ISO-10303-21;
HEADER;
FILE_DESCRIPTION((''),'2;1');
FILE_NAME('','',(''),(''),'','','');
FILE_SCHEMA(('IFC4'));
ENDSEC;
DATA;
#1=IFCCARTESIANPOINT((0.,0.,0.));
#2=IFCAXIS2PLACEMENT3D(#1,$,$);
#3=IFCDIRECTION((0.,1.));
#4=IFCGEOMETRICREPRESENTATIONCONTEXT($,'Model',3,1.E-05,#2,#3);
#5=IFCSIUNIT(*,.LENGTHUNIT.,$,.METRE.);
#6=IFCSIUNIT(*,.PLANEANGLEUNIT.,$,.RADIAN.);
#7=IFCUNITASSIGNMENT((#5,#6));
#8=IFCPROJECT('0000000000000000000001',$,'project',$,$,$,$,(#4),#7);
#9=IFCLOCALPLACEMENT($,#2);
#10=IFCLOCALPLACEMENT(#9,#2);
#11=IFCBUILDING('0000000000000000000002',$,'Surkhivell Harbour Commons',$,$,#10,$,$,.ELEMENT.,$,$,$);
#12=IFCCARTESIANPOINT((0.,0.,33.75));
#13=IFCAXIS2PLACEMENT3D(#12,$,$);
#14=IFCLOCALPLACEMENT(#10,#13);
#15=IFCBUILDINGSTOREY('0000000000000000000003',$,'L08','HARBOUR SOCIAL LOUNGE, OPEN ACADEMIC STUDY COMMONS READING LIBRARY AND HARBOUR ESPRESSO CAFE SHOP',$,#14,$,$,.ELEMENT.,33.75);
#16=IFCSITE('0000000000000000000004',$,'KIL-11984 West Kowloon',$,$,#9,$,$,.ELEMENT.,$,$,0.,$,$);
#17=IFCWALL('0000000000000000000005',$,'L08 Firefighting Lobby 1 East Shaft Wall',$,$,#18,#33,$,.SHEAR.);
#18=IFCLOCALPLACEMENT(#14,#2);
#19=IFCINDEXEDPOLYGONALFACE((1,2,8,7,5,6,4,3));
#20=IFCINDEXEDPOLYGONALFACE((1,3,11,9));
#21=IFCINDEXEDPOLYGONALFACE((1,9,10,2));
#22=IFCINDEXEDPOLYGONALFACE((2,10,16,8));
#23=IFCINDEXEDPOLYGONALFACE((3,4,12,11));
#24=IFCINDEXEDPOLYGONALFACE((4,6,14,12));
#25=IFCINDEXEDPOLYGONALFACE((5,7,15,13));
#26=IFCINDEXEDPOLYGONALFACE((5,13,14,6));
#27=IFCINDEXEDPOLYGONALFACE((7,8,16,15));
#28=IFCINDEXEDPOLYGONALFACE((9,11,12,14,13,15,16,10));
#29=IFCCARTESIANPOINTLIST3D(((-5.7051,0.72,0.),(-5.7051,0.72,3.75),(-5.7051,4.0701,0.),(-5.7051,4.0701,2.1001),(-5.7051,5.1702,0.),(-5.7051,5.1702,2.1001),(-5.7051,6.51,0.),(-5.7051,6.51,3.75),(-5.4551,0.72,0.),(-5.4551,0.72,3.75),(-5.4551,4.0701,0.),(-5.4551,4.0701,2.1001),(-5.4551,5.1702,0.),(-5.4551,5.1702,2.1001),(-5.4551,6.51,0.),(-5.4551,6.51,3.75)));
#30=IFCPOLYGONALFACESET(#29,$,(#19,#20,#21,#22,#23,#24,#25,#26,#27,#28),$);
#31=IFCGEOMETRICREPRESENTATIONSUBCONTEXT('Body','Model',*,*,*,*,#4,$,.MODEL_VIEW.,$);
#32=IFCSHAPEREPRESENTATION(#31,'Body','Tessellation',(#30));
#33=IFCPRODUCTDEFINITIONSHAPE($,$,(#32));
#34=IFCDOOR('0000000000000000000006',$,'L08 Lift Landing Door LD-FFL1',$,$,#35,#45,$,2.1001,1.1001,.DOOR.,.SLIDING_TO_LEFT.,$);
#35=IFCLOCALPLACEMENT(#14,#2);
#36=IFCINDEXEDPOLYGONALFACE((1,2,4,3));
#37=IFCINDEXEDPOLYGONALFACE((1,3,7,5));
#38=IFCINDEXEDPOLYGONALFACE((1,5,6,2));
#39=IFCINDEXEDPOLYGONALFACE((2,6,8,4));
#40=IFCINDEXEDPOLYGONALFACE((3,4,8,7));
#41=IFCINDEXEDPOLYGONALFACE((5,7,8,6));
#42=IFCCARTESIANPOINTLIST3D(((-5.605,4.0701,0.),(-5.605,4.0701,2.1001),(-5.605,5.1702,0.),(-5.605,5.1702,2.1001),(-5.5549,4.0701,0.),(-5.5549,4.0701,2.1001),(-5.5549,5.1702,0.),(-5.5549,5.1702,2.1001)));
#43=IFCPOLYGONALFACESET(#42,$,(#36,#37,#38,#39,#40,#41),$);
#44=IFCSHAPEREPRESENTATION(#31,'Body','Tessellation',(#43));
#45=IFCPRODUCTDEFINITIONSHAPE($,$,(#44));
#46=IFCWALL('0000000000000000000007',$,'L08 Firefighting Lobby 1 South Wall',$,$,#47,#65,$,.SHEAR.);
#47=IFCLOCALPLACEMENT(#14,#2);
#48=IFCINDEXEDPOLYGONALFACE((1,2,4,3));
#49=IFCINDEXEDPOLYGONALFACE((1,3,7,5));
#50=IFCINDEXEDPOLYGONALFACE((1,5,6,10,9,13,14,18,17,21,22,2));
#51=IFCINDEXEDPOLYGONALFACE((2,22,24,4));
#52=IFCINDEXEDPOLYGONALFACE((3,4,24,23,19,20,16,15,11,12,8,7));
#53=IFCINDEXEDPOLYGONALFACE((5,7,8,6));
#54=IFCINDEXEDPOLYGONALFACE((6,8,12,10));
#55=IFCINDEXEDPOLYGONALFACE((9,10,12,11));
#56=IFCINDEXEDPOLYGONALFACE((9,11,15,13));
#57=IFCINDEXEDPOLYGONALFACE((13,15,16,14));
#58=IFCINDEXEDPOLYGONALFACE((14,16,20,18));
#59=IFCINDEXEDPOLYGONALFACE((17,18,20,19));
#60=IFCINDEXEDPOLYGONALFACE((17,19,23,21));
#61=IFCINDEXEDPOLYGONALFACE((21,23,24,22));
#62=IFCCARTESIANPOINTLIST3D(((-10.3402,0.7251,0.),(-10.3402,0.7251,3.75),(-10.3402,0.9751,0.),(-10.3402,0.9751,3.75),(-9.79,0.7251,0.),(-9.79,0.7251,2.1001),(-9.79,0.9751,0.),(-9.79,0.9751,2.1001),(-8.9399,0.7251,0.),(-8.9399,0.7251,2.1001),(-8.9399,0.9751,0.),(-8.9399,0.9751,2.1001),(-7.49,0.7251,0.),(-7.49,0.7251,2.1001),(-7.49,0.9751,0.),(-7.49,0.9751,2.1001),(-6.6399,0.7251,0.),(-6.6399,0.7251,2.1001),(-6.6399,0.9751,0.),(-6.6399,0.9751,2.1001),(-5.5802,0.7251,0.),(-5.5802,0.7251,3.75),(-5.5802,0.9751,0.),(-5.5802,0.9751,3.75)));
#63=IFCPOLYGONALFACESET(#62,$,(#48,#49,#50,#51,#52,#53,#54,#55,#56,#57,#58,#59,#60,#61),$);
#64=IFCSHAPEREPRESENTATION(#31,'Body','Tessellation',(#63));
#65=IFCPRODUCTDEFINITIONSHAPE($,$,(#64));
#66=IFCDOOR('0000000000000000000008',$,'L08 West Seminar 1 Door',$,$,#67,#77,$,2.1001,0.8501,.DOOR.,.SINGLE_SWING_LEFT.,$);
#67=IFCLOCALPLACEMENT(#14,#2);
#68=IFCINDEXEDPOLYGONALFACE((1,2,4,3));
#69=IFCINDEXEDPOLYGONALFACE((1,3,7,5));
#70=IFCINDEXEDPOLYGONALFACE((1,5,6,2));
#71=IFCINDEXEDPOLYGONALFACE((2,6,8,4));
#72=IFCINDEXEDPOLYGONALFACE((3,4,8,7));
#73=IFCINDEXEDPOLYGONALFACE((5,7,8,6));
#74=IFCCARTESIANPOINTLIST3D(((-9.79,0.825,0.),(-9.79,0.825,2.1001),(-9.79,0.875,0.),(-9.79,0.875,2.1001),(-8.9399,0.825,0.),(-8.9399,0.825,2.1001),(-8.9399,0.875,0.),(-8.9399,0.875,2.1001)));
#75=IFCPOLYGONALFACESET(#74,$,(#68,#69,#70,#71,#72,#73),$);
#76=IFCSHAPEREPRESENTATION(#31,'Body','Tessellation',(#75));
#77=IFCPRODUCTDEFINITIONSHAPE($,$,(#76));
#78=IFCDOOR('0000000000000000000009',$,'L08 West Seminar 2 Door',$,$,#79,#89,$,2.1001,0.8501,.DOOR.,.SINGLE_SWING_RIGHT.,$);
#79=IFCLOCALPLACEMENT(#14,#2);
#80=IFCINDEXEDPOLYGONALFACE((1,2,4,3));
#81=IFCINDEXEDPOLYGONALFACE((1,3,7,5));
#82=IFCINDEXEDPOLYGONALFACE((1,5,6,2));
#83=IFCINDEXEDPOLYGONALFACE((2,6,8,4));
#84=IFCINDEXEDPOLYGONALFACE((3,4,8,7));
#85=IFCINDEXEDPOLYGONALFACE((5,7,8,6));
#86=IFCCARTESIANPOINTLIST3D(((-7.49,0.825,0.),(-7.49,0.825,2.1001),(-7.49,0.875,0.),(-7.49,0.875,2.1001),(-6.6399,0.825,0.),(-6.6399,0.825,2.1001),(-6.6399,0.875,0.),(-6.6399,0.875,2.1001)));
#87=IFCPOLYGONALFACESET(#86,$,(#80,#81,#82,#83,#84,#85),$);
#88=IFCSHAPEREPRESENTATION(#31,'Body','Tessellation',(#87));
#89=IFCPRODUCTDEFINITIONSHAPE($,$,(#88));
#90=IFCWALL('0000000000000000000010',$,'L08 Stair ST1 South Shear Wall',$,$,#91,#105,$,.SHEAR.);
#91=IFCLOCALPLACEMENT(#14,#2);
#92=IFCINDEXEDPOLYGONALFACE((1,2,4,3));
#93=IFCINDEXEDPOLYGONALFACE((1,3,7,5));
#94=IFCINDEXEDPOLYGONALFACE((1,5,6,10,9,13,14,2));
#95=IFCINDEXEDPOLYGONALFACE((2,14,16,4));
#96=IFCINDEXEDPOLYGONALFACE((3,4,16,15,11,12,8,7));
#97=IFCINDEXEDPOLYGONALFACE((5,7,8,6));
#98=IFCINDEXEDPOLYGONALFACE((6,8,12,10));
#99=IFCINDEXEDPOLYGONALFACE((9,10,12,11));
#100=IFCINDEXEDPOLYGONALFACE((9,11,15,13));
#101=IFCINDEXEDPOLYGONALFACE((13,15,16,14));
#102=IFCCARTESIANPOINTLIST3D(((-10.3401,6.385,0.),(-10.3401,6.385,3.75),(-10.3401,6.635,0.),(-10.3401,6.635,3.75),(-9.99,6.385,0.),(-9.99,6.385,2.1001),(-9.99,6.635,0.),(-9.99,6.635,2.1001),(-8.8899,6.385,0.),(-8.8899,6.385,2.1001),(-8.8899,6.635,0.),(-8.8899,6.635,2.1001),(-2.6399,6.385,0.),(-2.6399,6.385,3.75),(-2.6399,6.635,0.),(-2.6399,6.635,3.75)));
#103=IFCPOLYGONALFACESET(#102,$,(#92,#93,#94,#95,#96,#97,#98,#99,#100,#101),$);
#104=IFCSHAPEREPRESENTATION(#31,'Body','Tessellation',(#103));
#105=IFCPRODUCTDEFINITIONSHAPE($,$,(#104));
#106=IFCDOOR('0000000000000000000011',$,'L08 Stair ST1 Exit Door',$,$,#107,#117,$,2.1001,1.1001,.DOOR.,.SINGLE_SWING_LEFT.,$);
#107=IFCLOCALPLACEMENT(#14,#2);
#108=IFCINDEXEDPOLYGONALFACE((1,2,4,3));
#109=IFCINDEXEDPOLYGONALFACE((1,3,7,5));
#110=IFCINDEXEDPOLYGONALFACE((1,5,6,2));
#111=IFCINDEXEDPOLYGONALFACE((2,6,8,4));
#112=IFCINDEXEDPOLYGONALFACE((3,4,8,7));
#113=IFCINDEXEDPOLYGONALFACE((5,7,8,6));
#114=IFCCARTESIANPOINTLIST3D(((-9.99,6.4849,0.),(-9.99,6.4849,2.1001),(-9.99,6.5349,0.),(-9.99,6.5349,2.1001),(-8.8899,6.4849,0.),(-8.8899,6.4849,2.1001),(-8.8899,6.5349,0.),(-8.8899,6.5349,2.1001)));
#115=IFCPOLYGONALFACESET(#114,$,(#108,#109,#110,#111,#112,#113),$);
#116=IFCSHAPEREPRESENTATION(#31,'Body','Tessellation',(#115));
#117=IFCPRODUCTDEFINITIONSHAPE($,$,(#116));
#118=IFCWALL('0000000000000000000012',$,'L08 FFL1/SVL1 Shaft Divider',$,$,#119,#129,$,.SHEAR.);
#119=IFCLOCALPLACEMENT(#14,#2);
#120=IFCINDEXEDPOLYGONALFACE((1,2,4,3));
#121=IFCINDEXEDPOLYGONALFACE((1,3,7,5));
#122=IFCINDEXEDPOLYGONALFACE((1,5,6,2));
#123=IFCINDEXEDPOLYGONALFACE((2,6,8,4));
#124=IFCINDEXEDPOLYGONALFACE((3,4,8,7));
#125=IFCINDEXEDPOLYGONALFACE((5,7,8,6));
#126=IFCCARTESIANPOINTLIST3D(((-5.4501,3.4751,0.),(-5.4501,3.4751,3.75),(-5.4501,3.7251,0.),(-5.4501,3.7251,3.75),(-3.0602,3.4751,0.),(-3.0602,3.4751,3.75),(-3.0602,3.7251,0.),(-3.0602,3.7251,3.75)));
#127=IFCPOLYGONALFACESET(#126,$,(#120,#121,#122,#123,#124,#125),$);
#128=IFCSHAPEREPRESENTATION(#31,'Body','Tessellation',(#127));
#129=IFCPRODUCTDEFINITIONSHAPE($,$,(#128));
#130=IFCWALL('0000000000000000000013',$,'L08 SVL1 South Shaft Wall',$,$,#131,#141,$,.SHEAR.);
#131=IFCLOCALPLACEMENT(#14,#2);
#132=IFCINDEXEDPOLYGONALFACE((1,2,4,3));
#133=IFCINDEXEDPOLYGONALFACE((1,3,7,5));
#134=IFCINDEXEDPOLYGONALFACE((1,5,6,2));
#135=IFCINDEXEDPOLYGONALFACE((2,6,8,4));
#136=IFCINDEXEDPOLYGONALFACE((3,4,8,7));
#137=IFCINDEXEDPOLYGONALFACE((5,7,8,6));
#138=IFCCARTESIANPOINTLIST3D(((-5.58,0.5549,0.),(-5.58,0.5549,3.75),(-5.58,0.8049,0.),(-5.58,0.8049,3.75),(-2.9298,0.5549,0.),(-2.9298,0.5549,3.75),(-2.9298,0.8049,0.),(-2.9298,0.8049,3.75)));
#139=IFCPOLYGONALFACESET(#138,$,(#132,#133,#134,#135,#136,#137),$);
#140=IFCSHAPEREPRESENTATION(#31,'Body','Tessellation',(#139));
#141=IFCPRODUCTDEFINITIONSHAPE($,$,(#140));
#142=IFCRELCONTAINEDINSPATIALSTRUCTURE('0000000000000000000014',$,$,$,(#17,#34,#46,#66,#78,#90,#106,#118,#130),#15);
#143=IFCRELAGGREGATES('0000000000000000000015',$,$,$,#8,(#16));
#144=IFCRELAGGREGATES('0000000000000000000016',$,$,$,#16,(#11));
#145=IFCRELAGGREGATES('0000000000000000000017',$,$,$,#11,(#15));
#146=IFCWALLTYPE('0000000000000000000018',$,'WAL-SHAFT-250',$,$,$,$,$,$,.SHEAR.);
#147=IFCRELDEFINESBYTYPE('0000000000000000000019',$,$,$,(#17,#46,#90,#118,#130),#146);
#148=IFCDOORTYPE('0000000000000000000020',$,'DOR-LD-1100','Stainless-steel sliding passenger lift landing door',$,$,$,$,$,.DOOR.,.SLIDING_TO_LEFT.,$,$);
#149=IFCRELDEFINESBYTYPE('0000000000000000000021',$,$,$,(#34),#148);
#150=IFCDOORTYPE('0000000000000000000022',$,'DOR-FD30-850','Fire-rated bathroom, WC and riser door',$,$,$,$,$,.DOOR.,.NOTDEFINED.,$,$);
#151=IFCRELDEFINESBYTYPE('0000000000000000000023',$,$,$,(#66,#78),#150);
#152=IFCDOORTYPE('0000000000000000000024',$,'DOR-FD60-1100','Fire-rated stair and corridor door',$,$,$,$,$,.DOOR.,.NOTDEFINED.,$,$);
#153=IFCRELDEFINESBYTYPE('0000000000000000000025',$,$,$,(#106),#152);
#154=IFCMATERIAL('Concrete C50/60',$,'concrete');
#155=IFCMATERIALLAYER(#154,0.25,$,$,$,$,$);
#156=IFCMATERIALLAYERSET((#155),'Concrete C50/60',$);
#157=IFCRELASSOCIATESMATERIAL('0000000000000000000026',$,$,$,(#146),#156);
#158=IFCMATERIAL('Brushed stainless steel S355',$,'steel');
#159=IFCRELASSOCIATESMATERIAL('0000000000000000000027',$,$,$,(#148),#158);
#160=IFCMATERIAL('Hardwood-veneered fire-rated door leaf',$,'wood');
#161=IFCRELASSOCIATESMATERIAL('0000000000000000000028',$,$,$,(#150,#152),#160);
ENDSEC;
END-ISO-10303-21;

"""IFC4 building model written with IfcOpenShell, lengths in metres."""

from ifc_helpers import new_model, si_unit, direction, frame, frame_2d, origin, place, context, subcontext, project, spatial, rectangle, extrude, material, layer, layer_set, type_object, element, fill, save


model = new_model("IFC4")

# Units and contexts
model_context = context("Model", 3, precision=1e-05, world=origin(), true_north=direction((0.0, 1.0)))
body_context = subcontext(model_context, "Body", "Model", "MODEL_VIEW")
ifc_project = project(units=[si_unit("LENGTHUNIT", "METRE"), si_unit("PLANEANGLEUNIT", "RADIAN")], contexts=[model_context])

# Site, building, storey
site_placement = place(None, origin())
site = spatial("IfcSite", under=ifc_project, at=site_placement, Name="KIL-11984 West Kowloon", CompositionType="ELEMENT", RefElevation=0.0)
building_placement = place(site_placement, origin())
building = spatial("IfcBuilding", under=site, at=building_placement, Name="Surkhivell Harbour Commons", CompositionType="ELEMENT")
storey_placement = place(building_placement, frame((0.0, 0.0, 33.75)))
storey = spatial("IfcBuildingStorey", under=building, at=storey_placement, Name="L08", Description="HARBOUR SOCIAL LOUNGE, OPEN ACADEMIC STUDY COMMONS READING LIBRARY AND HARBOUR ESPRESSO CAFE SHOP", CompositionType="ELEMENT", Elevation=33.75)

# Shared definitions
ifc_material_1 = material(Name="Hardwood-veneered fire-rated door leaf", Category="wood")

# Wall, opening, door
ifc_material_2 = material(Name="Concrete C50/60", Category="concrete")
ifc_layer_1 = layer(ifc_material_2, 0.25)
ifc_layer_set_1 = layer_set([ifc_layer_1], Name="Concrete C50/60")
wall_type_1 = type_object("IfcWallType", Name="WAL-SHAFT-250", PredefinedType="SHEAR", material=ifc_layer_set_1)
wall_1_placement = place(storey_placement, frame((-5.5801, 0.72, 0.0), z_axis=(0.0, 0.0, 1.0), x_axis=(0.0, 1.0, 0.0)))
wall_1 = element("IfcWall", 1, at=wall_1_placement, inside=storey, type_object=wall_type_1, Name="L08 Firefighting Lobby 1 East Shaft Wall", PredefinedType="SHEAR", context=body_context, shape_type="SweptSolid", body=[
    extrude(rectangle(XDim=5.79, YDim=0.25, at=frame_2d((2.895, 0.0))), origin(), (0.0, 0.0, 1.0), 3.75),
])
opening_1_placement = place(wall_1_placement, frame((3.3501, 0.0, 0.0)))
opening_1 = element("IfcOpeningElement", 2, at=opening_1_placement, cuts=wall_1, PredefinedType="OPENING", context=body_context, shape_type="SweptSolid", body=[
    extrude(rectangle(XDim=1.1001, YDim=2.1001, at=frame_2d((0.55, 1.05))), frame((0.0, 0.135, 0.0), z_axis=(0.0, -1.0, 0.0), x_axis=(1.0, 0.0, 0.0)), (0.0, 0.0, 1.0), 0.27),
])
ifc_material_3 = material(Name="Brushed stainless steel S355", Category="steel")
door_type_1 = type_object("IfcDoorType", Name="DOR-LD-1100", Description="Stainless-steel sliding passenger lift landing door", OperationType="SLIDING_TO_LEFT", PredefinedType="DOOR", material=ifc_material_3)
door_1_placement = place(opening_1_placement, origin())
door_1 = element("IfcDoor", 3, at=door_1_placement, inside=storey, type_object=door_type_1, Name="L08 Lift Landing Door LD-FFL1", OperationType="SLIDING_TO_LEFT", OverallHeight=2.1001, OverallWidth=1.1001, PredefinedType="DOOR", context=body_context, shape_type="SweptSolid", body=[
    extrude(rectangle(XDim=1.1001, YDim=2.1001, at=frame_2d((0.55, 1.05))), frame((0.0, 0.0249, 0.0), z_axis=(0.0, -1.0, 0.0), x_axis=(1.0, 0.0, 0.0)), (0.0, 0.0, 1.0), 0.05),
])
fill(opening_1, door_1)

# Wall, openings, doors
wall_2_placement = place(storey_placement, frame((-10.3401, 0.8501, 0.0), z_axis=(0.0, 0.0, 1.0), x_axis=(1.0, 0.0, 0.0)))
wall_2 = element("IfcWall", 4, at=wall_2_placement, inside=storey, type_object=wall_type_1, Name="L08 Firefighting Lobby 1 South Wall", PredefinedType="SHEAR", context=body_context, shape_type="SweptSolid", body=[
    extrude(rectangle(XDim=4.76, YDim=0.25, at=frame_2d((2.3799, 0.0))), origin(), (0.0, 0.0, 1.0), 3.75),
])
opening_2_placement = place(wall_2_placement, frame((0.55, 0.0, 0.0)))
opening_2 = element("IfcOpeningElement", 5, at=opening_2_placement, cuts=wall_2, PredefinedType="OPENING", context=body_context, shape_type="SweptSolid", body=[
    extrude(rectangle(XDim=0.8501, YDim=2.1001, at=frame_2d((0.425, 1.05))), frame((0.0, 0.135, 0.0), z_axis=(0.0, -1.0, 0.0), x_axis=(1.0, 0.0, 0.0)), (0.0, 0.0, 1.0), 0.27),
])
opening_3_placement = place(wall_2_placement, frame((2.8501, 0.0, 0.0)))
opening_3 = element("IfcOpeningElement", 6, at=opening_3_placement, cuts=wall_2, PredefinedType="OPENING", context=body_context, shape_type="SweptSolid", body=[
    extrude(rectangle(XDim=0.8501, YDim=2.1001, at=frame_2d((0.425, 1.05))), frame((0.0, 0.135, 0.0), z_axis=(0.0, -1.0, 0.0), x_axis=(1.0, 0.0, 0.0)), (0.0, 0.0, 1.0), 0.27),
])
door_type_2 = type_object("IfcDoorType", Name="DOR-FD30-850", Description="Fire-rated bathroom, WC and riser door", OperationType="NOTDEFINED", PredefinedType="DOOR", material=ifc_material_1)
door_2_placement = place(opening_2_placement, origin())
door_2 = element("IfcDoor", 7, at=door_2_placement, inside=storey, type_object=door_type_2, Name="L08 West Seminar 1 Door", OperationType="SINGLE_SWING_LEFT", OverallHeight=2.1001, OverallWidth=0.8501, PredefinedType="DOOR", context=body_context, shape_type="SweptSolid", body=[
    extrude(rectangle(XDim=0.8501, YDim=2.1001, at=frame_2d((0.425, 1.05))), frame((0.0, 0.0249, 0.0), z_axis=(0.0, -1.0, 0.0), x_axis=(1.0, 0.0, 0.0)), (0.0, 0.0, 1.0), 0.05),
])
fill(opening_2, door_2)
door_3_placement = place(opening_3_placement, origin())
door_3 = element("IfcDoor", 8, at=door_3_placement, inside=storey, type_object=door_type_2, Name="L08 West Seminar 2 Door", OperationType="SINGLE_SWING_RIGHT", OverallHeight=2.1001, OverallWidth=0.8501, PredefinedType="DOOR", context=body_context, shape_type="SweptSolid", body=[
    extrude(rectangle(XDim=0.8501, YDim=2.1001, at=frame_2d((0.425, 1.05))), frame((0.0, 0.0249, 0.0), z_axis=(0.0, -1.0, 0.0), x_axis=(1.0, 0.0, 0.0)), (0.0, 0.0, 1.0), 0.05),
])
fill(opening_3, door_3)

# Wall, opening, door
wall_3_placement = place(storey_placement, frame((-10.3401, 6.51, 0.0), z_axis=(0.0, 0.0, 1.0), x_axis=(1.0, 0.0, 0.0)))
wall_3 = element("IfcWall", 9, at=wall_3_placement, inside=storey, type_object=wall_type_1, Name="L08 Stair ST1 South Shear Wall", PredefinedType="SHEAR", context=body_context, shape_type="SweptSolid", body=[
    extrude(rectangle(XDim=7.7002, YDim=0.25, at=frame_2d((3.8501, 0.0))), origin(), (0.0, 0.0, 1.0), 3.75),
])
opening_4_placement = place(wall_3_placement, frame((0.3501, 0.0, 0.0)))
opening_4 = element("IfcOpeningElement", 10, at=opening_4_placement, cuts=wall_3, PredefinedType="OPENING", context=body_context, shape_type="SweptSolid", body=[
    extrude(rectangle(XDim=1.1001, YDim=2.1001, at=frame_2d((0.55, 1.05))), frame((0.0, 0.135, 0.0), z_axis=(0.0, -1.0, 0.0), x_axis=(1.0, 0.0, 0.0)), (0.0, 0.0, 1.0), 0.27),
])
door_type_3 = type_object("IfcDoorType", Name="DOR-FD60-1100", Description="Fire-rated stair and corridor door", OperationType="NOTDEFINED", PredefinedType="DOOR", material=ifc_material_1)
door_4_placement = place(opening_4_placement, origin())
door_4 = element("IfcDoor", 11, at=door_4_placement, inside=storey, type_object=door_type_3, Name="L08 Stair ST1 Exit Door", OperationType="SINGLE_SWING_LEFT", OverallHeight=2.1001, OverallWidth=1.1001, PredefinedType="DOOR", context=body_context, shape_type="SweptSolid", body=[
    extrude(rectangle(XDim=1.1001, YDim=2.1001, at=frame_2d((0.55, 1.05))), frame((0.0, 0.0249, 0.0), z_axis=(0.0, -1.0, 0.0), x_axis=(1.0, 0.0, 0.0)), (0.0, 0.0, 1.0), 0.05),
])
fill(opening_4, door_4)

# Walls
wall_4_placement = place(storey_placement, frame((-5.45, 3.6001, 0.0), z_axis=(0.0, 0.0, 1.0), x_axis=(1.0, 0.0, 0.0)))
element("IfcWall", 12, at=wall_4_placement, inside=storey, type_object=wall_type_1, Name="L08 FFL1/SVL1 Shaft Divider", PredefinedType="SHEAR", context=body_context, shape_type="SweptSolid", body=[
    extrude(rectangle(XDim=2.3899, YDim=0.25, at=frame_2d((1.1948, 0.0))), origin(), (0.0, 0.0, 1.0), 3.75),
])
wall_5_placement = place(storey_placement, frame((-5.5801, 0.6799, 0.0), z_axis=(0.0, 0.0, 1.0), x_axis=(1.0, 0.0, 0.0)))
element("IfcWall", 13, at=wall_5_placement, inside=storey, type_object=wall_type_1, Name="L08 SVL1 South Shaft Wall", PredefinedType="SHEAR", context=body_context, shape_type="SweptSolid", body=[
    extrude(rectangle(XDim=2.6501, YDim=0.25, at=frame_2d((1.3252, 0.0))), origin(), (0.0, 0.0, 1.0), 3.75),
])

save(model, "model.ifc")
